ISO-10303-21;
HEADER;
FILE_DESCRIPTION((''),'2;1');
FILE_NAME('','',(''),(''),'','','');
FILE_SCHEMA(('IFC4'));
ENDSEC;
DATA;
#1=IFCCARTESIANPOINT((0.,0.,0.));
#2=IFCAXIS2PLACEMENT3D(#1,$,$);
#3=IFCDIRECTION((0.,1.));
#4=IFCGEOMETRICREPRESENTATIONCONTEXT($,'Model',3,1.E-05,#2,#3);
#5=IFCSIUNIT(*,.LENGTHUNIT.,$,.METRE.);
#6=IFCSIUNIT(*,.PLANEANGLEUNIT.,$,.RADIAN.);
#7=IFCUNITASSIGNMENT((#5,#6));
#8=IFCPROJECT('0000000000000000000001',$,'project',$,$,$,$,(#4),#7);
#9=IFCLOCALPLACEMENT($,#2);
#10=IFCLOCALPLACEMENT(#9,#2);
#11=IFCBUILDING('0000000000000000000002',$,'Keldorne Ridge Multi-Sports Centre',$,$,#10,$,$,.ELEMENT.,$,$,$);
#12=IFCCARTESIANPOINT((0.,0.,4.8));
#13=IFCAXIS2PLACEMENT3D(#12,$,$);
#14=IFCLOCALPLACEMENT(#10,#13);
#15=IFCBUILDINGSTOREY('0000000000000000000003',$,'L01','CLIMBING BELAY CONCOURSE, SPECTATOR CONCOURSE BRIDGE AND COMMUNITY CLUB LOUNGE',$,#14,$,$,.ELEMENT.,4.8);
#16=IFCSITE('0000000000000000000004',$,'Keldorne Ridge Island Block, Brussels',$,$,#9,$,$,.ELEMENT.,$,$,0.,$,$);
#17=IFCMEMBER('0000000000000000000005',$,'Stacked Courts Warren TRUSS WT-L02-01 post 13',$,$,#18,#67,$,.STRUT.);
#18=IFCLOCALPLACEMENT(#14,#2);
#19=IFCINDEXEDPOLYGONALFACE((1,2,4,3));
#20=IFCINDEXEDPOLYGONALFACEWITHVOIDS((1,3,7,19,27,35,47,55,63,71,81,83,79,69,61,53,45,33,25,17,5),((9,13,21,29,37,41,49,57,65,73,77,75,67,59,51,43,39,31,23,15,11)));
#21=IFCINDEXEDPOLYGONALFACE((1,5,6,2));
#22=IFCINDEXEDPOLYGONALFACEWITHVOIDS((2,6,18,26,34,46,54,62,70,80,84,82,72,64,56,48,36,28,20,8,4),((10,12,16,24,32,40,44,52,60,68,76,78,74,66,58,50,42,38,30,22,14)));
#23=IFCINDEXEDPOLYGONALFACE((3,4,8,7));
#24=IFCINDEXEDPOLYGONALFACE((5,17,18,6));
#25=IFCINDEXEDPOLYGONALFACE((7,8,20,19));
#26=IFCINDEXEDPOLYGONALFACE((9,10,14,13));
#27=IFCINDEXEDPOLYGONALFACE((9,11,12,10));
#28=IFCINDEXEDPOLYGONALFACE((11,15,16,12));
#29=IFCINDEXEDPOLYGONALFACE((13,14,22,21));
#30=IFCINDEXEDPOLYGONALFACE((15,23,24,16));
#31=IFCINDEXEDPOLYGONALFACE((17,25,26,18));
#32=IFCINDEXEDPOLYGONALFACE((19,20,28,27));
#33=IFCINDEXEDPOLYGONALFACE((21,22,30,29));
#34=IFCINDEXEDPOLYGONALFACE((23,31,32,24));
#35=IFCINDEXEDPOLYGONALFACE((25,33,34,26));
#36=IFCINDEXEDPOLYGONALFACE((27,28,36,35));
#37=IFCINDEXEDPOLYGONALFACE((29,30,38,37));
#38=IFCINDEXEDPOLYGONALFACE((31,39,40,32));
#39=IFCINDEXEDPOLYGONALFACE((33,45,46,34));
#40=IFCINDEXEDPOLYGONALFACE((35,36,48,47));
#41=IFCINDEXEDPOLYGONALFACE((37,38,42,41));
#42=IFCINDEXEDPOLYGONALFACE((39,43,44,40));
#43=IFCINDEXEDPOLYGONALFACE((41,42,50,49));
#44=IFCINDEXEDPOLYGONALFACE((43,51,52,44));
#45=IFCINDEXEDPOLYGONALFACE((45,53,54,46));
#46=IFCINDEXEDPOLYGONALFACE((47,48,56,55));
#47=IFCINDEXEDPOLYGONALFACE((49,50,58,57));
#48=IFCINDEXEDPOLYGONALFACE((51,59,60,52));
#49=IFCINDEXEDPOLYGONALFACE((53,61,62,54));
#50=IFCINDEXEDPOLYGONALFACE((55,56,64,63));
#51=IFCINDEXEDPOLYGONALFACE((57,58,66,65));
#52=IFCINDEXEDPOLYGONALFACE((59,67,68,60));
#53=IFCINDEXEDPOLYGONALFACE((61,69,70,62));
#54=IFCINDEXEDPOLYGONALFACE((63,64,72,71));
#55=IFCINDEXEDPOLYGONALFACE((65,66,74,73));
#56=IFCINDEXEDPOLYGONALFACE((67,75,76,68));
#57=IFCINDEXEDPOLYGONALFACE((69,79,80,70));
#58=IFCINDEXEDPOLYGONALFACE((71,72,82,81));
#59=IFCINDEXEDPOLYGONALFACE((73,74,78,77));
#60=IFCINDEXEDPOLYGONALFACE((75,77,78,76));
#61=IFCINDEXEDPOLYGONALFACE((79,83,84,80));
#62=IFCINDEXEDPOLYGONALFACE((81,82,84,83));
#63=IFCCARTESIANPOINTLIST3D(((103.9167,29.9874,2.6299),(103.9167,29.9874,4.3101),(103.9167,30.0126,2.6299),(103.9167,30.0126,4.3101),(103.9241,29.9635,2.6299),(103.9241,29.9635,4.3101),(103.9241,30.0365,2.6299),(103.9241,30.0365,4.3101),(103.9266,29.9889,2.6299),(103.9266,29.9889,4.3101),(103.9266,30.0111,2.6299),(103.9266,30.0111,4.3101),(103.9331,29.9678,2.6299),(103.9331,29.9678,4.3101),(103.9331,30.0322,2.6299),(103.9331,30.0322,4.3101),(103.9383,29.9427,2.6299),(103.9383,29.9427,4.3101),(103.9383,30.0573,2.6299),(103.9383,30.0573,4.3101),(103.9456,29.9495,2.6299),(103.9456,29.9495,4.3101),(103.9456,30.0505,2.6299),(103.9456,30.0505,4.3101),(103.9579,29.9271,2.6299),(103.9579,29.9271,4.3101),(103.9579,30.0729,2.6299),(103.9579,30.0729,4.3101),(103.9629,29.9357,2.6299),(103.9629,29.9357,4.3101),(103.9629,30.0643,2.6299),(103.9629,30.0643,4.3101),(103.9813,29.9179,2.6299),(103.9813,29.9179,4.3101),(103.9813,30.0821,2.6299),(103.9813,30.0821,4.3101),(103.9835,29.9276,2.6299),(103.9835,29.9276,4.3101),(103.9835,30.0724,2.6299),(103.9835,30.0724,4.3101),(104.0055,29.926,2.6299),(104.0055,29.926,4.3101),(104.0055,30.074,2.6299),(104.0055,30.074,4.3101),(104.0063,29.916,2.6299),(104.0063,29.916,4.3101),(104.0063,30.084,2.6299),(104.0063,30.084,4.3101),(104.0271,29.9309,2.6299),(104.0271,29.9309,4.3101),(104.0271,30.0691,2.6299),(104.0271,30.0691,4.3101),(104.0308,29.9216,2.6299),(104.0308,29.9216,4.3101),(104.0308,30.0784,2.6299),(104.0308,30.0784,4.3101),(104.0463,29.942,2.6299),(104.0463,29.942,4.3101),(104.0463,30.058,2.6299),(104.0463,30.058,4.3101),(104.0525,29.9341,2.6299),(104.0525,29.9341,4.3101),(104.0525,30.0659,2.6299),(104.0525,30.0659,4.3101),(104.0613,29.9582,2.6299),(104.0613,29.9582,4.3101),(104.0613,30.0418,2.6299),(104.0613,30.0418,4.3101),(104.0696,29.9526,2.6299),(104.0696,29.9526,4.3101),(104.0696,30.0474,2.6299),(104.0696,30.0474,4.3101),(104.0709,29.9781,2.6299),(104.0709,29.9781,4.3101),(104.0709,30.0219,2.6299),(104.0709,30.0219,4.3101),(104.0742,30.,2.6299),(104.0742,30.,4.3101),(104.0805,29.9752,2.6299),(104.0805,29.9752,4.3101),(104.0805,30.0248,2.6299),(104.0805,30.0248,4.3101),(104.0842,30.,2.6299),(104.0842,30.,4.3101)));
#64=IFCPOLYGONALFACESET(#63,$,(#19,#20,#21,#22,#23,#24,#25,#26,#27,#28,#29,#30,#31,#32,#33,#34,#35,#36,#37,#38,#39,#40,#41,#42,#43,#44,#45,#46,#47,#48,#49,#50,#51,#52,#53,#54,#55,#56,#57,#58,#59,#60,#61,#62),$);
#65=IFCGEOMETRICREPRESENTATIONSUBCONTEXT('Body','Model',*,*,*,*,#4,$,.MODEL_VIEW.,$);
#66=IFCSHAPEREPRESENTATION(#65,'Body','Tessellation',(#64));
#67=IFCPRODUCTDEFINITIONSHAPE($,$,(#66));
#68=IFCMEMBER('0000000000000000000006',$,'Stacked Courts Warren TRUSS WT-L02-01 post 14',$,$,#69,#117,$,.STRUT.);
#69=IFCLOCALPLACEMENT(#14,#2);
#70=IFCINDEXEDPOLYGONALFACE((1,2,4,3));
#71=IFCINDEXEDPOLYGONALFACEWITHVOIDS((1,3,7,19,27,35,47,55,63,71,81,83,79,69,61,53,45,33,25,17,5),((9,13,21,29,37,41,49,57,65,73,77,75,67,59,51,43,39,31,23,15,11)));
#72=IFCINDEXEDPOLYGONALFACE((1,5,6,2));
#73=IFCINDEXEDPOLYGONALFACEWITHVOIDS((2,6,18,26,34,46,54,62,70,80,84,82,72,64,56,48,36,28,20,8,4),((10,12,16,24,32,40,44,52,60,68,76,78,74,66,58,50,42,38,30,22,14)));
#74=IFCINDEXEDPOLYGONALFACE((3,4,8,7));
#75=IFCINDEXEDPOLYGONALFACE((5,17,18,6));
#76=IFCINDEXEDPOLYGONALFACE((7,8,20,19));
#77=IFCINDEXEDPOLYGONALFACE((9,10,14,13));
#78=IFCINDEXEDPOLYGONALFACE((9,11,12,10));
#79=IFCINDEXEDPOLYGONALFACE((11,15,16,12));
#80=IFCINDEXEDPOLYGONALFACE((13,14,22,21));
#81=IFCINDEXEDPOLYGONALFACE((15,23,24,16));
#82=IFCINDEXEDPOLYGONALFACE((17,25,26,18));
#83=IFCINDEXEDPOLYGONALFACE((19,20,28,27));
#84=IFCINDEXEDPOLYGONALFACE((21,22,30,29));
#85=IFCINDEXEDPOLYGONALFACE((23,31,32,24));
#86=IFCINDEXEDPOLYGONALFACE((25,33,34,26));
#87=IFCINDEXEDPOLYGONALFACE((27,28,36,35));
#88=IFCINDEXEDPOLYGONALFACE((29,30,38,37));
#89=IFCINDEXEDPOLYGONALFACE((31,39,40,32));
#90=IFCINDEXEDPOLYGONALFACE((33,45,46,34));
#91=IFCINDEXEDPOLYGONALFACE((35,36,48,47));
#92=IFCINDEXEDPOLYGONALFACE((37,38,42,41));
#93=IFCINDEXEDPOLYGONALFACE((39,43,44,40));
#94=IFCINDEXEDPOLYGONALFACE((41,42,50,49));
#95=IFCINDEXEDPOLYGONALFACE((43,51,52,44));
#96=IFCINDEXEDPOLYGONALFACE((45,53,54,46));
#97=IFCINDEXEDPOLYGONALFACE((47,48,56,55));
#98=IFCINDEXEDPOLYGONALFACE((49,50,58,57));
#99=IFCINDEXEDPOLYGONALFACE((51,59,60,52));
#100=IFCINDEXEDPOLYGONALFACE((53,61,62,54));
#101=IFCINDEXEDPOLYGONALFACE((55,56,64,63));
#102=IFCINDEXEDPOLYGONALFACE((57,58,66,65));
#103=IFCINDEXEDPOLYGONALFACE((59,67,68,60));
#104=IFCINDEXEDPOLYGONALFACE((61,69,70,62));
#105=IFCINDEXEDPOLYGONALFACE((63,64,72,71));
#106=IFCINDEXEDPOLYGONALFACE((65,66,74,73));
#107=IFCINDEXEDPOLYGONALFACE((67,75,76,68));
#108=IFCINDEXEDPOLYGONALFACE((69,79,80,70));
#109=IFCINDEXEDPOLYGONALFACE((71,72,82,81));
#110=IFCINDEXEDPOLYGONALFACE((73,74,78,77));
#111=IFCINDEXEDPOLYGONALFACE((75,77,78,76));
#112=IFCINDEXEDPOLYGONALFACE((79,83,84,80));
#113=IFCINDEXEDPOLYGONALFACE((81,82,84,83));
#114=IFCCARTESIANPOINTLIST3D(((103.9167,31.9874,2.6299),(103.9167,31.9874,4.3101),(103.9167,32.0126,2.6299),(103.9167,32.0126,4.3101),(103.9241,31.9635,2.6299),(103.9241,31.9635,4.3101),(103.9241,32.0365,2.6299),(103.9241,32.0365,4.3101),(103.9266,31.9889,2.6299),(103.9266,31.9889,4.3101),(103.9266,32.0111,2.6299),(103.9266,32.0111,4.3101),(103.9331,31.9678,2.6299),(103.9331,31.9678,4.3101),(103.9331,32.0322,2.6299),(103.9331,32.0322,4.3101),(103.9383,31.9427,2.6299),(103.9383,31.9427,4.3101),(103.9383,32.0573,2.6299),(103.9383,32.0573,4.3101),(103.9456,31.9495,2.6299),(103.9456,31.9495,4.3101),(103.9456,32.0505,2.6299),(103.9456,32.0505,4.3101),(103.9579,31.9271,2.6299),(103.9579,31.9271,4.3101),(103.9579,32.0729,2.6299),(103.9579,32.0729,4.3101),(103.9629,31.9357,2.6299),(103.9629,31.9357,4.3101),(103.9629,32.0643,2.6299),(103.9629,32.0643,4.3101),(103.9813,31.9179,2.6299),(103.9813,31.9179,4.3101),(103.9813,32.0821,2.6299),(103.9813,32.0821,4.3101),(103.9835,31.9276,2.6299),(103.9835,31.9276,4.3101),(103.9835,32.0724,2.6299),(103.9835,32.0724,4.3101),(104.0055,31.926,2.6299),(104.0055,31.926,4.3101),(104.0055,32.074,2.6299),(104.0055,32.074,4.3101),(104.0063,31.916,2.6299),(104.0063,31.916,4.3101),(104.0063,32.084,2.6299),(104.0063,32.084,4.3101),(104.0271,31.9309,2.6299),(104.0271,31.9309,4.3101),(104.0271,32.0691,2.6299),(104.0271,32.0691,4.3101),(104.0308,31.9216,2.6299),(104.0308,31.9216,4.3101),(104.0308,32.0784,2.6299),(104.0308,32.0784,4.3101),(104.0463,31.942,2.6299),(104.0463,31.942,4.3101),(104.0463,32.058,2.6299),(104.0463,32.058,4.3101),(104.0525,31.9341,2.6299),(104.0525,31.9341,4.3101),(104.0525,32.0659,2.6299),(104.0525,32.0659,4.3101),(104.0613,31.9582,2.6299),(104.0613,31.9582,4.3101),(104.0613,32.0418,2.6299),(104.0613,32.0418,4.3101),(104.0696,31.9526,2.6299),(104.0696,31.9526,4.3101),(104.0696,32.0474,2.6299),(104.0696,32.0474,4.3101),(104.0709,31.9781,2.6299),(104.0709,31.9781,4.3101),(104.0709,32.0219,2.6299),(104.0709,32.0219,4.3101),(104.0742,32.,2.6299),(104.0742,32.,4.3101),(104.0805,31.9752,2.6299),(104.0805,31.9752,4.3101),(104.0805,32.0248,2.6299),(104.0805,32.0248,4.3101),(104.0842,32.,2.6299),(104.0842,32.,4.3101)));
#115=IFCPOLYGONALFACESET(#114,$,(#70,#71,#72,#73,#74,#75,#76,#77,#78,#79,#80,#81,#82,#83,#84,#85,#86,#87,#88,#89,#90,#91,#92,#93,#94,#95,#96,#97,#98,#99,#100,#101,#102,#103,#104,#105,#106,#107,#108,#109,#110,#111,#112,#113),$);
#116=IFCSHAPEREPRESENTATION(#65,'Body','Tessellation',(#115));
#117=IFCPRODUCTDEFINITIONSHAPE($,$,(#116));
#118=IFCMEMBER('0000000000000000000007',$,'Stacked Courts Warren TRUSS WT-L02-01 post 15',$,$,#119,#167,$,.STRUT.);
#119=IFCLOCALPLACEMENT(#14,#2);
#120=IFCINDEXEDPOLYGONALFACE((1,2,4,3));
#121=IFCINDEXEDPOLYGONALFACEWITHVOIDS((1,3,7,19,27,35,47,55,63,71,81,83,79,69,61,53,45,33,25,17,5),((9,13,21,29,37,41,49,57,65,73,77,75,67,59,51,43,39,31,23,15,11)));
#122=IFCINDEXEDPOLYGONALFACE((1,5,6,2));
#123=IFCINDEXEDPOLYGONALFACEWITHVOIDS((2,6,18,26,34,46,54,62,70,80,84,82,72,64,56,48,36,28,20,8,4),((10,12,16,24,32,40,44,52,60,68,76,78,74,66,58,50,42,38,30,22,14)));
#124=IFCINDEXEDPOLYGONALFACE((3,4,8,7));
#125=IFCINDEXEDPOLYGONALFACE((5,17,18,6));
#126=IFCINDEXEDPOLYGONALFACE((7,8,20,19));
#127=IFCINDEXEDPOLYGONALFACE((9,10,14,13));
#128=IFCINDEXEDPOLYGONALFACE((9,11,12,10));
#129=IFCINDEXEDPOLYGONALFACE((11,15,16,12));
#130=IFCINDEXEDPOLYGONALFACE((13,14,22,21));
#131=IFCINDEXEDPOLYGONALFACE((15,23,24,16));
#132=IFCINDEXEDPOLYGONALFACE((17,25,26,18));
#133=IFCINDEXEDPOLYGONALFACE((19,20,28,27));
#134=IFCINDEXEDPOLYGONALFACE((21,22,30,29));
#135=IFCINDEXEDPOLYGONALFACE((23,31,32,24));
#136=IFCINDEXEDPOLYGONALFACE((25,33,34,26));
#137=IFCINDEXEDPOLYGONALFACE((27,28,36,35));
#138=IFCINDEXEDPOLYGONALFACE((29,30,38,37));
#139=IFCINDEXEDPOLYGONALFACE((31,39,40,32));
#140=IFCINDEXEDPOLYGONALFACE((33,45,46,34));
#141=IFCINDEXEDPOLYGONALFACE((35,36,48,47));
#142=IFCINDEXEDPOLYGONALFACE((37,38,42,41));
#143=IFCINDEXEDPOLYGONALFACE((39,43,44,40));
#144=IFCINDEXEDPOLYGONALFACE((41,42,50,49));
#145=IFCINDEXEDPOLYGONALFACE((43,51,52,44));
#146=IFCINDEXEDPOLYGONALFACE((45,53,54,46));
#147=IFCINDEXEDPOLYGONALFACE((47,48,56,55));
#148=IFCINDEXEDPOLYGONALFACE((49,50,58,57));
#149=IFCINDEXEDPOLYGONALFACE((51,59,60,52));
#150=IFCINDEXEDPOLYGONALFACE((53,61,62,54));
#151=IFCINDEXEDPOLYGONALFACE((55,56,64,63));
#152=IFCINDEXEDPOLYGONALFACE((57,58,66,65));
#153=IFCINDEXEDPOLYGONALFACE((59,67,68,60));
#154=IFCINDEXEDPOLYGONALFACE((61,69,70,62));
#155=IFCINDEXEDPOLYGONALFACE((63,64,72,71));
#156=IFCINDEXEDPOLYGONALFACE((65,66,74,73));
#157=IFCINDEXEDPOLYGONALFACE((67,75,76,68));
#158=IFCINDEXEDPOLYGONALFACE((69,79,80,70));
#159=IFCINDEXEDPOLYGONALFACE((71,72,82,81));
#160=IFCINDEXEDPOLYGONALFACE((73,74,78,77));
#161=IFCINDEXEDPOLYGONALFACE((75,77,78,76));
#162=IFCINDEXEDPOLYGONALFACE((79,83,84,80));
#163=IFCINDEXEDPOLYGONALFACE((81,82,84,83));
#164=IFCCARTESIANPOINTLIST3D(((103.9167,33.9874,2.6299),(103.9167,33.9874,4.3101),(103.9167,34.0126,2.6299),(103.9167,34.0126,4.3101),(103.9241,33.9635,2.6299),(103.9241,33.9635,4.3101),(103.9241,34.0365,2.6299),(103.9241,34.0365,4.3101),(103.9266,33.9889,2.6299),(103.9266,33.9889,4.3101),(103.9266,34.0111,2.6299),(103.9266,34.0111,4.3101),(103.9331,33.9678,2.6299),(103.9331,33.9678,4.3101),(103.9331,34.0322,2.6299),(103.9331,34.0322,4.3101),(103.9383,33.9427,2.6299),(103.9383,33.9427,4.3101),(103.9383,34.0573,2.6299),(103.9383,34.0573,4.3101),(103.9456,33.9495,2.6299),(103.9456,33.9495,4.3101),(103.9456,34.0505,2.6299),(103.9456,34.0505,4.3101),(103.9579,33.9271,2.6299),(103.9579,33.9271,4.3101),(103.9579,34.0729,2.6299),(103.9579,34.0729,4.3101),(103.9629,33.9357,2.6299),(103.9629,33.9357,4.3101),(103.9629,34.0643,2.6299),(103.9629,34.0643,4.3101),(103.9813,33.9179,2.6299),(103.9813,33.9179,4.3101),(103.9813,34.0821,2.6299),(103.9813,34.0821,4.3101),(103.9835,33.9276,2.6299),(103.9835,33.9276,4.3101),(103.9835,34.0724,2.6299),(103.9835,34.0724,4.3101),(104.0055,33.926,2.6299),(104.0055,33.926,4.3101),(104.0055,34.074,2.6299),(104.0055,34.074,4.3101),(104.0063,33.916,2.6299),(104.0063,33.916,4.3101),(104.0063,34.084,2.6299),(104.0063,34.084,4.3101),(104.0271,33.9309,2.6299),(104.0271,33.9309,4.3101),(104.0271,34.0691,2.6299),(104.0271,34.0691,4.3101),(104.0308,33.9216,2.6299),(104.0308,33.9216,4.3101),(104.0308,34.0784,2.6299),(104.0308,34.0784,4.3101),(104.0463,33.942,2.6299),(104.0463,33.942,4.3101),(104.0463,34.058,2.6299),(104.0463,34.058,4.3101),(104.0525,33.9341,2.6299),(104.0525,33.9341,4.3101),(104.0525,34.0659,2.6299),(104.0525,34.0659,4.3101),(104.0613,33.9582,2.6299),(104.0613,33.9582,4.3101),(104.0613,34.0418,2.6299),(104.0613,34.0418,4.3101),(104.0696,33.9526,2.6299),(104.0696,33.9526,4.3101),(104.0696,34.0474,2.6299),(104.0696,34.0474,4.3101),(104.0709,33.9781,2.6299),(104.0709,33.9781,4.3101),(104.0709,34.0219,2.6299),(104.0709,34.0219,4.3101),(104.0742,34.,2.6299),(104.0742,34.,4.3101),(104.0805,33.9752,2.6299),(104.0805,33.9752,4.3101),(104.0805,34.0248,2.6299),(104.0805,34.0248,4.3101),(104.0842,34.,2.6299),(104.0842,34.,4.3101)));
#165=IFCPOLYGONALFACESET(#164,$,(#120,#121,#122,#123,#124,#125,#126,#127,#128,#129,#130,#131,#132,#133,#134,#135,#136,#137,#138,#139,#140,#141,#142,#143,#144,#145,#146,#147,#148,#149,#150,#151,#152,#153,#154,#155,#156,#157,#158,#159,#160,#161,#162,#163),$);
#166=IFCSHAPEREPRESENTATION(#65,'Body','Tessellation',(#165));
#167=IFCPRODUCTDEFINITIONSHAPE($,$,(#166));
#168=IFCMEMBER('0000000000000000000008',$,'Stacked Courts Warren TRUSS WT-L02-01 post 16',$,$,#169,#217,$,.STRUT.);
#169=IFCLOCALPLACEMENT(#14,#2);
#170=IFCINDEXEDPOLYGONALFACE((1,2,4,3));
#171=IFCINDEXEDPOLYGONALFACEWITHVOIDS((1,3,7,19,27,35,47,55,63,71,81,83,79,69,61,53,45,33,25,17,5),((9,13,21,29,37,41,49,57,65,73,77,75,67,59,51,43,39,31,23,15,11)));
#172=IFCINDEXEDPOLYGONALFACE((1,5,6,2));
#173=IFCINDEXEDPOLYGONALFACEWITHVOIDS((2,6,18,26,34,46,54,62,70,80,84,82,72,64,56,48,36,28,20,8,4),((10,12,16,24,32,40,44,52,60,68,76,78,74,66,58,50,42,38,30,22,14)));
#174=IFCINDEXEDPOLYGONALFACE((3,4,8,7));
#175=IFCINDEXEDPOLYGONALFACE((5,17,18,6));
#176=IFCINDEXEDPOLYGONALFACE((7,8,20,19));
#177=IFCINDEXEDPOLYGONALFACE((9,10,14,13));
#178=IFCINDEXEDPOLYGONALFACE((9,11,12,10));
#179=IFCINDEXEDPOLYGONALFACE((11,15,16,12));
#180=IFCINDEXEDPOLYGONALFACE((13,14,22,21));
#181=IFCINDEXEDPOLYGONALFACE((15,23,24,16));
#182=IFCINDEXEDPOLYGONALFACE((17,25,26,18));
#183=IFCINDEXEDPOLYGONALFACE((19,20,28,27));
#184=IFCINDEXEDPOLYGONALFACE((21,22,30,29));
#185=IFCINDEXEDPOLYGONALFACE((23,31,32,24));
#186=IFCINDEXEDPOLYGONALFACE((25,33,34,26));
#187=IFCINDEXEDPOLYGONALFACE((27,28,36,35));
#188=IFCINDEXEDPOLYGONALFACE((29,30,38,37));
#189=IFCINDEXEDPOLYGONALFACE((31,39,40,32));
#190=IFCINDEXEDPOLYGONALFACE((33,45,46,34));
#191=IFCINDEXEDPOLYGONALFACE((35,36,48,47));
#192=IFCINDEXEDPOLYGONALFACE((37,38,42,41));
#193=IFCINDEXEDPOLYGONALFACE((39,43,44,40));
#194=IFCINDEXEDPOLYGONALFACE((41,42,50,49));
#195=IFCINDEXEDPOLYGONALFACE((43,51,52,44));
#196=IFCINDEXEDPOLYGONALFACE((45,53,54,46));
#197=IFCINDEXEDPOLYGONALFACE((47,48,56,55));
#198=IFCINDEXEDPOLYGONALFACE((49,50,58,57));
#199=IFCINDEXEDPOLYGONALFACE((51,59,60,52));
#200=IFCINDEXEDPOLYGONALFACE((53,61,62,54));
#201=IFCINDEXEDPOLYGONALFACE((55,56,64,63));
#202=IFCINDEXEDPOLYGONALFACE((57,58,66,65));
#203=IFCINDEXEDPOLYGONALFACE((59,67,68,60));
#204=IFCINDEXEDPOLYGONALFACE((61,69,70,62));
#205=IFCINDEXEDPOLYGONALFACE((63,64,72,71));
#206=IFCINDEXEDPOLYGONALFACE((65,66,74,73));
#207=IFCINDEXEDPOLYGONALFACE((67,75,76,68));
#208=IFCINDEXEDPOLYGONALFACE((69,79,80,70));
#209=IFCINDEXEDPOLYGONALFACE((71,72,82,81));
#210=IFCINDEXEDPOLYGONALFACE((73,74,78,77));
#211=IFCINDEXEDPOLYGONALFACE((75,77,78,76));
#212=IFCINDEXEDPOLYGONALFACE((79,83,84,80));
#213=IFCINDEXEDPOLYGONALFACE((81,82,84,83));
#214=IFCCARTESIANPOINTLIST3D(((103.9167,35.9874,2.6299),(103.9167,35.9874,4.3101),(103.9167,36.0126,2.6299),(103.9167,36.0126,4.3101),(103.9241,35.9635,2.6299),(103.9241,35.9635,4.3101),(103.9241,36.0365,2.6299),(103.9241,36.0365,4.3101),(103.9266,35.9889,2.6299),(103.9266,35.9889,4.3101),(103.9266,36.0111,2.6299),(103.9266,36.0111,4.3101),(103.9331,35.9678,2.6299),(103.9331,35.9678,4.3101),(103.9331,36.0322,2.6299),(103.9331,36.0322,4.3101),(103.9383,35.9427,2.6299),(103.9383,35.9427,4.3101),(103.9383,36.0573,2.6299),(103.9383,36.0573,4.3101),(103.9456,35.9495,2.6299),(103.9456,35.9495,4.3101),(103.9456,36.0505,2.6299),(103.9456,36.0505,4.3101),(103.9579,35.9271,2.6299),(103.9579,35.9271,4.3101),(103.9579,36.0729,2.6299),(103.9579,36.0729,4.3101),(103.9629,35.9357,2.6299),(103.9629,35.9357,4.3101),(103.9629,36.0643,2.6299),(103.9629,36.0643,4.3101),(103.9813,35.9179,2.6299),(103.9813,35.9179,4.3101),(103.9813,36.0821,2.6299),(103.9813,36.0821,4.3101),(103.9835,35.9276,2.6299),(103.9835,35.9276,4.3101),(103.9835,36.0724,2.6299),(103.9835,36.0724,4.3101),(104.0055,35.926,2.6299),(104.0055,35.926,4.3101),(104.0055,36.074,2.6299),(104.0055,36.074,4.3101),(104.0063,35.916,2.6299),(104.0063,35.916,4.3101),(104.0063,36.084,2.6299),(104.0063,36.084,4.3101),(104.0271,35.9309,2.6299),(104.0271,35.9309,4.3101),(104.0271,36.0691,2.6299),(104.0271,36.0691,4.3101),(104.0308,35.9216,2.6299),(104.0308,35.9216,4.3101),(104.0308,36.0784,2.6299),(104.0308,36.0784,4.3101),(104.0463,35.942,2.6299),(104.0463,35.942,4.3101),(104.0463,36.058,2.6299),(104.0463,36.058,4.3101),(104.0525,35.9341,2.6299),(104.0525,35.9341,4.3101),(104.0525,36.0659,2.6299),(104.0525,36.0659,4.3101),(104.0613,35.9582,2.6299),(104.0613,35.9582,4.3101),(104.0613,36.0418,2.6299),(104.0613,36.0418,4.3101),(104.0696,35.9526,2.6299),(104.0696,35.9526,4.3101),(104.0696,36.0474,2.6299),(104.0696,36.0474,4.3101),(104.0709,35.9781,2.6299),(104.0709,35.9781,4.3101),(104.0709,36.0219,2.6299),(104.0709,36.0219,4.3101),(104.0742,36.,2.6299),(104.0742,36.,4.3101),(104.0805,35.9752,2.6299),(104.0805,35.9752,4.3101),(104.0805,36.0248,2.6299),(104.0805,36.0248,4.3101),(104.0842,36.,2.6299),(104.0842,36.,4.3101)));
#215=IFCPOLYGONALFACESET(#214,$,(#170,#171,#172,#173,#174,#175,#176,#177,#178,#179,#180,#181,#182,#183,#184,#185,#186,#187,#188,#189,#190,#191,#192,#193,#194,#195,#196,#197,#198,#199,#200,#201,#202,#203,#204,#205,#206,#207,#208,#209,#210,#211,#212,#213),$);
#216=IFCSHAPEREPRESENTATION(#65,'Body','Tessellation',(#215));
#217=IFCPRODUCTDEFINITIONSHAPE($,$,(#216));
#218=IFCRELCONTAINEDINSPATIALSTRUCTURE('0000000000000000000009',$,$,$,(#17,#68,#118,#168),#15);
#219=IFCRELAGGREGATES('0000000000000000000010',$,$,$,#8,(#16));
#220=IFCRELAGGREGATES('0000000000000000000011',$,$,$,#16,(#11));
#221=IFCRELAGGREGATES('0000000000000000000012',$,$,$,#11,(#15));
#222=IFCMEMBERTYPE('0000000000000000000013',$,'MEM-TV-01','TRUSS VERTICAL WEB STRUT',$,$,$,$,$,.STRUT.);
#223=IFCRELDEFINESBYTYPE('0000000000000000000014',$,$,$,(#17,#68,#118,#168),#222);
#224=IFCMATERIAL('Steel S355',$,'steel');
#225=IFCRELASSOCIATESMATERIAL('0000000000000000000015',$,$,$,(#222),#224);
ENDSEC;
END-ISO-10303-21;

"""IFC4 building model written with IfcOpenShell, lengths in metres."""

from ifc_helpers import new_model, si_unit, direction, frame, origin, origin_2d, place, context, subcontext, project, spatial, hollow_circle, extrude, material, material_profile, profile_set, type_object, element, save


model = new_model("IFC4")

# Units and contexts
model_context = context("Model", 3, precision=1e-05, world=origin(), true_north=direction((0.0, 1.0)))
body_context = subcontext(model_context, "Body", "Model", "MODEL_VIEW")
ifc_project = project(units=[si_unit("LENGTHUNIT", "METRE"), si_unit("PLANEANGLEUNIT", "RADIAN")], contexts=[model_context])

# Site, building, storey
site_placement = place(None, origin())
site = spatial("IfcSite", under=ifc_project, at=site_placement, Name="Keldorne Ridge Island Block, Brussels", CompositionType="ELEMENT", RefElevation=0.0)
building_placement = place(site_placement, origin())
building = spatial("IfcBuilding", under=site, at=building_placement, Name="Keldorne Ridge Multi-Sports Centre", CompositionType="ELEMENT")
storey_placement = place(building_placement, frame((0.0, 0.0, 4.8)))
storey = spatial("IfcBuildingStorey", under=building, at=storey_placement, Name="L01", Description="CLIMBING BELAY CONCOURSE, SPECTATOR CONCOURSE BRIDGE AND COMMUNITY CLUB LOUNGE", CompositionType="ELEMENT", Elevation=4.8)

# Shared definitions
ifc_material = material(Name="Steel S355", Category="steel")

# Members
ifc_material_profile_1 = material_profile(ifc_material, hollow_circle(Radius=0.0842, WallThickness=0.01, at=origin_2d()), Name="CHS 168.3x10")
ifc_profile_set_1 = profile_set([ifc_material_profile_1], Name="Steel S355")
member_type_1 = type_object("IfcMemberType", Name="MEM-TV-01", Description="TRUSS VERTICAL WEB STRUT", PredefinedType="STRUT", material=ifc_profile_set_1)
for number, where, z_axis, x_axis, name in (
    (1, (104.0, 30.0, 2.6299), (0.0, 0.0, 1.0), (1.0, 0.0, 0.0), "Stacked Courts Warren TRUSS WT-L02-01 post 13"),
    (2, (104.0, 32.0, 2.6299), (0.0, 0.0, 1.0), (1.0, 0.0, 0.0), "Stacked Courts Warren TRUSS WT-L02-01 post 14"),
    (3, (104.0, 34.0, 2.6299), (0.0, 0.0, 1.0), (1.0, 0.0, 0.0), "Stacked Courts Warren TRUSS WT-L02-01 post 15"),
    (4, (104.0, 36.0, 2.6299), (0.0, 0.0, 1.0), (1.0, 0.0, 0.0), "Stacked Courts Warren TRUSS WT-L02-01 post 16"),
):
    element("IfcMember", number, at=place(storey_placement, frame(where, z_axis=z_axis, x_axis=x_axis)), inside=storey, type_object=member_type_1, Name=name, PredefinedType="STRUT", context=body_context, shape_type="SweptSolid", body=[
        extrude(hollow_circle(Radius=0.0842, WallThickness=0.01, at=origin_2d()), origin(), (0.0, 0.0, 1.0), 1.6802),
    ])

save(model, "model.ifc")
